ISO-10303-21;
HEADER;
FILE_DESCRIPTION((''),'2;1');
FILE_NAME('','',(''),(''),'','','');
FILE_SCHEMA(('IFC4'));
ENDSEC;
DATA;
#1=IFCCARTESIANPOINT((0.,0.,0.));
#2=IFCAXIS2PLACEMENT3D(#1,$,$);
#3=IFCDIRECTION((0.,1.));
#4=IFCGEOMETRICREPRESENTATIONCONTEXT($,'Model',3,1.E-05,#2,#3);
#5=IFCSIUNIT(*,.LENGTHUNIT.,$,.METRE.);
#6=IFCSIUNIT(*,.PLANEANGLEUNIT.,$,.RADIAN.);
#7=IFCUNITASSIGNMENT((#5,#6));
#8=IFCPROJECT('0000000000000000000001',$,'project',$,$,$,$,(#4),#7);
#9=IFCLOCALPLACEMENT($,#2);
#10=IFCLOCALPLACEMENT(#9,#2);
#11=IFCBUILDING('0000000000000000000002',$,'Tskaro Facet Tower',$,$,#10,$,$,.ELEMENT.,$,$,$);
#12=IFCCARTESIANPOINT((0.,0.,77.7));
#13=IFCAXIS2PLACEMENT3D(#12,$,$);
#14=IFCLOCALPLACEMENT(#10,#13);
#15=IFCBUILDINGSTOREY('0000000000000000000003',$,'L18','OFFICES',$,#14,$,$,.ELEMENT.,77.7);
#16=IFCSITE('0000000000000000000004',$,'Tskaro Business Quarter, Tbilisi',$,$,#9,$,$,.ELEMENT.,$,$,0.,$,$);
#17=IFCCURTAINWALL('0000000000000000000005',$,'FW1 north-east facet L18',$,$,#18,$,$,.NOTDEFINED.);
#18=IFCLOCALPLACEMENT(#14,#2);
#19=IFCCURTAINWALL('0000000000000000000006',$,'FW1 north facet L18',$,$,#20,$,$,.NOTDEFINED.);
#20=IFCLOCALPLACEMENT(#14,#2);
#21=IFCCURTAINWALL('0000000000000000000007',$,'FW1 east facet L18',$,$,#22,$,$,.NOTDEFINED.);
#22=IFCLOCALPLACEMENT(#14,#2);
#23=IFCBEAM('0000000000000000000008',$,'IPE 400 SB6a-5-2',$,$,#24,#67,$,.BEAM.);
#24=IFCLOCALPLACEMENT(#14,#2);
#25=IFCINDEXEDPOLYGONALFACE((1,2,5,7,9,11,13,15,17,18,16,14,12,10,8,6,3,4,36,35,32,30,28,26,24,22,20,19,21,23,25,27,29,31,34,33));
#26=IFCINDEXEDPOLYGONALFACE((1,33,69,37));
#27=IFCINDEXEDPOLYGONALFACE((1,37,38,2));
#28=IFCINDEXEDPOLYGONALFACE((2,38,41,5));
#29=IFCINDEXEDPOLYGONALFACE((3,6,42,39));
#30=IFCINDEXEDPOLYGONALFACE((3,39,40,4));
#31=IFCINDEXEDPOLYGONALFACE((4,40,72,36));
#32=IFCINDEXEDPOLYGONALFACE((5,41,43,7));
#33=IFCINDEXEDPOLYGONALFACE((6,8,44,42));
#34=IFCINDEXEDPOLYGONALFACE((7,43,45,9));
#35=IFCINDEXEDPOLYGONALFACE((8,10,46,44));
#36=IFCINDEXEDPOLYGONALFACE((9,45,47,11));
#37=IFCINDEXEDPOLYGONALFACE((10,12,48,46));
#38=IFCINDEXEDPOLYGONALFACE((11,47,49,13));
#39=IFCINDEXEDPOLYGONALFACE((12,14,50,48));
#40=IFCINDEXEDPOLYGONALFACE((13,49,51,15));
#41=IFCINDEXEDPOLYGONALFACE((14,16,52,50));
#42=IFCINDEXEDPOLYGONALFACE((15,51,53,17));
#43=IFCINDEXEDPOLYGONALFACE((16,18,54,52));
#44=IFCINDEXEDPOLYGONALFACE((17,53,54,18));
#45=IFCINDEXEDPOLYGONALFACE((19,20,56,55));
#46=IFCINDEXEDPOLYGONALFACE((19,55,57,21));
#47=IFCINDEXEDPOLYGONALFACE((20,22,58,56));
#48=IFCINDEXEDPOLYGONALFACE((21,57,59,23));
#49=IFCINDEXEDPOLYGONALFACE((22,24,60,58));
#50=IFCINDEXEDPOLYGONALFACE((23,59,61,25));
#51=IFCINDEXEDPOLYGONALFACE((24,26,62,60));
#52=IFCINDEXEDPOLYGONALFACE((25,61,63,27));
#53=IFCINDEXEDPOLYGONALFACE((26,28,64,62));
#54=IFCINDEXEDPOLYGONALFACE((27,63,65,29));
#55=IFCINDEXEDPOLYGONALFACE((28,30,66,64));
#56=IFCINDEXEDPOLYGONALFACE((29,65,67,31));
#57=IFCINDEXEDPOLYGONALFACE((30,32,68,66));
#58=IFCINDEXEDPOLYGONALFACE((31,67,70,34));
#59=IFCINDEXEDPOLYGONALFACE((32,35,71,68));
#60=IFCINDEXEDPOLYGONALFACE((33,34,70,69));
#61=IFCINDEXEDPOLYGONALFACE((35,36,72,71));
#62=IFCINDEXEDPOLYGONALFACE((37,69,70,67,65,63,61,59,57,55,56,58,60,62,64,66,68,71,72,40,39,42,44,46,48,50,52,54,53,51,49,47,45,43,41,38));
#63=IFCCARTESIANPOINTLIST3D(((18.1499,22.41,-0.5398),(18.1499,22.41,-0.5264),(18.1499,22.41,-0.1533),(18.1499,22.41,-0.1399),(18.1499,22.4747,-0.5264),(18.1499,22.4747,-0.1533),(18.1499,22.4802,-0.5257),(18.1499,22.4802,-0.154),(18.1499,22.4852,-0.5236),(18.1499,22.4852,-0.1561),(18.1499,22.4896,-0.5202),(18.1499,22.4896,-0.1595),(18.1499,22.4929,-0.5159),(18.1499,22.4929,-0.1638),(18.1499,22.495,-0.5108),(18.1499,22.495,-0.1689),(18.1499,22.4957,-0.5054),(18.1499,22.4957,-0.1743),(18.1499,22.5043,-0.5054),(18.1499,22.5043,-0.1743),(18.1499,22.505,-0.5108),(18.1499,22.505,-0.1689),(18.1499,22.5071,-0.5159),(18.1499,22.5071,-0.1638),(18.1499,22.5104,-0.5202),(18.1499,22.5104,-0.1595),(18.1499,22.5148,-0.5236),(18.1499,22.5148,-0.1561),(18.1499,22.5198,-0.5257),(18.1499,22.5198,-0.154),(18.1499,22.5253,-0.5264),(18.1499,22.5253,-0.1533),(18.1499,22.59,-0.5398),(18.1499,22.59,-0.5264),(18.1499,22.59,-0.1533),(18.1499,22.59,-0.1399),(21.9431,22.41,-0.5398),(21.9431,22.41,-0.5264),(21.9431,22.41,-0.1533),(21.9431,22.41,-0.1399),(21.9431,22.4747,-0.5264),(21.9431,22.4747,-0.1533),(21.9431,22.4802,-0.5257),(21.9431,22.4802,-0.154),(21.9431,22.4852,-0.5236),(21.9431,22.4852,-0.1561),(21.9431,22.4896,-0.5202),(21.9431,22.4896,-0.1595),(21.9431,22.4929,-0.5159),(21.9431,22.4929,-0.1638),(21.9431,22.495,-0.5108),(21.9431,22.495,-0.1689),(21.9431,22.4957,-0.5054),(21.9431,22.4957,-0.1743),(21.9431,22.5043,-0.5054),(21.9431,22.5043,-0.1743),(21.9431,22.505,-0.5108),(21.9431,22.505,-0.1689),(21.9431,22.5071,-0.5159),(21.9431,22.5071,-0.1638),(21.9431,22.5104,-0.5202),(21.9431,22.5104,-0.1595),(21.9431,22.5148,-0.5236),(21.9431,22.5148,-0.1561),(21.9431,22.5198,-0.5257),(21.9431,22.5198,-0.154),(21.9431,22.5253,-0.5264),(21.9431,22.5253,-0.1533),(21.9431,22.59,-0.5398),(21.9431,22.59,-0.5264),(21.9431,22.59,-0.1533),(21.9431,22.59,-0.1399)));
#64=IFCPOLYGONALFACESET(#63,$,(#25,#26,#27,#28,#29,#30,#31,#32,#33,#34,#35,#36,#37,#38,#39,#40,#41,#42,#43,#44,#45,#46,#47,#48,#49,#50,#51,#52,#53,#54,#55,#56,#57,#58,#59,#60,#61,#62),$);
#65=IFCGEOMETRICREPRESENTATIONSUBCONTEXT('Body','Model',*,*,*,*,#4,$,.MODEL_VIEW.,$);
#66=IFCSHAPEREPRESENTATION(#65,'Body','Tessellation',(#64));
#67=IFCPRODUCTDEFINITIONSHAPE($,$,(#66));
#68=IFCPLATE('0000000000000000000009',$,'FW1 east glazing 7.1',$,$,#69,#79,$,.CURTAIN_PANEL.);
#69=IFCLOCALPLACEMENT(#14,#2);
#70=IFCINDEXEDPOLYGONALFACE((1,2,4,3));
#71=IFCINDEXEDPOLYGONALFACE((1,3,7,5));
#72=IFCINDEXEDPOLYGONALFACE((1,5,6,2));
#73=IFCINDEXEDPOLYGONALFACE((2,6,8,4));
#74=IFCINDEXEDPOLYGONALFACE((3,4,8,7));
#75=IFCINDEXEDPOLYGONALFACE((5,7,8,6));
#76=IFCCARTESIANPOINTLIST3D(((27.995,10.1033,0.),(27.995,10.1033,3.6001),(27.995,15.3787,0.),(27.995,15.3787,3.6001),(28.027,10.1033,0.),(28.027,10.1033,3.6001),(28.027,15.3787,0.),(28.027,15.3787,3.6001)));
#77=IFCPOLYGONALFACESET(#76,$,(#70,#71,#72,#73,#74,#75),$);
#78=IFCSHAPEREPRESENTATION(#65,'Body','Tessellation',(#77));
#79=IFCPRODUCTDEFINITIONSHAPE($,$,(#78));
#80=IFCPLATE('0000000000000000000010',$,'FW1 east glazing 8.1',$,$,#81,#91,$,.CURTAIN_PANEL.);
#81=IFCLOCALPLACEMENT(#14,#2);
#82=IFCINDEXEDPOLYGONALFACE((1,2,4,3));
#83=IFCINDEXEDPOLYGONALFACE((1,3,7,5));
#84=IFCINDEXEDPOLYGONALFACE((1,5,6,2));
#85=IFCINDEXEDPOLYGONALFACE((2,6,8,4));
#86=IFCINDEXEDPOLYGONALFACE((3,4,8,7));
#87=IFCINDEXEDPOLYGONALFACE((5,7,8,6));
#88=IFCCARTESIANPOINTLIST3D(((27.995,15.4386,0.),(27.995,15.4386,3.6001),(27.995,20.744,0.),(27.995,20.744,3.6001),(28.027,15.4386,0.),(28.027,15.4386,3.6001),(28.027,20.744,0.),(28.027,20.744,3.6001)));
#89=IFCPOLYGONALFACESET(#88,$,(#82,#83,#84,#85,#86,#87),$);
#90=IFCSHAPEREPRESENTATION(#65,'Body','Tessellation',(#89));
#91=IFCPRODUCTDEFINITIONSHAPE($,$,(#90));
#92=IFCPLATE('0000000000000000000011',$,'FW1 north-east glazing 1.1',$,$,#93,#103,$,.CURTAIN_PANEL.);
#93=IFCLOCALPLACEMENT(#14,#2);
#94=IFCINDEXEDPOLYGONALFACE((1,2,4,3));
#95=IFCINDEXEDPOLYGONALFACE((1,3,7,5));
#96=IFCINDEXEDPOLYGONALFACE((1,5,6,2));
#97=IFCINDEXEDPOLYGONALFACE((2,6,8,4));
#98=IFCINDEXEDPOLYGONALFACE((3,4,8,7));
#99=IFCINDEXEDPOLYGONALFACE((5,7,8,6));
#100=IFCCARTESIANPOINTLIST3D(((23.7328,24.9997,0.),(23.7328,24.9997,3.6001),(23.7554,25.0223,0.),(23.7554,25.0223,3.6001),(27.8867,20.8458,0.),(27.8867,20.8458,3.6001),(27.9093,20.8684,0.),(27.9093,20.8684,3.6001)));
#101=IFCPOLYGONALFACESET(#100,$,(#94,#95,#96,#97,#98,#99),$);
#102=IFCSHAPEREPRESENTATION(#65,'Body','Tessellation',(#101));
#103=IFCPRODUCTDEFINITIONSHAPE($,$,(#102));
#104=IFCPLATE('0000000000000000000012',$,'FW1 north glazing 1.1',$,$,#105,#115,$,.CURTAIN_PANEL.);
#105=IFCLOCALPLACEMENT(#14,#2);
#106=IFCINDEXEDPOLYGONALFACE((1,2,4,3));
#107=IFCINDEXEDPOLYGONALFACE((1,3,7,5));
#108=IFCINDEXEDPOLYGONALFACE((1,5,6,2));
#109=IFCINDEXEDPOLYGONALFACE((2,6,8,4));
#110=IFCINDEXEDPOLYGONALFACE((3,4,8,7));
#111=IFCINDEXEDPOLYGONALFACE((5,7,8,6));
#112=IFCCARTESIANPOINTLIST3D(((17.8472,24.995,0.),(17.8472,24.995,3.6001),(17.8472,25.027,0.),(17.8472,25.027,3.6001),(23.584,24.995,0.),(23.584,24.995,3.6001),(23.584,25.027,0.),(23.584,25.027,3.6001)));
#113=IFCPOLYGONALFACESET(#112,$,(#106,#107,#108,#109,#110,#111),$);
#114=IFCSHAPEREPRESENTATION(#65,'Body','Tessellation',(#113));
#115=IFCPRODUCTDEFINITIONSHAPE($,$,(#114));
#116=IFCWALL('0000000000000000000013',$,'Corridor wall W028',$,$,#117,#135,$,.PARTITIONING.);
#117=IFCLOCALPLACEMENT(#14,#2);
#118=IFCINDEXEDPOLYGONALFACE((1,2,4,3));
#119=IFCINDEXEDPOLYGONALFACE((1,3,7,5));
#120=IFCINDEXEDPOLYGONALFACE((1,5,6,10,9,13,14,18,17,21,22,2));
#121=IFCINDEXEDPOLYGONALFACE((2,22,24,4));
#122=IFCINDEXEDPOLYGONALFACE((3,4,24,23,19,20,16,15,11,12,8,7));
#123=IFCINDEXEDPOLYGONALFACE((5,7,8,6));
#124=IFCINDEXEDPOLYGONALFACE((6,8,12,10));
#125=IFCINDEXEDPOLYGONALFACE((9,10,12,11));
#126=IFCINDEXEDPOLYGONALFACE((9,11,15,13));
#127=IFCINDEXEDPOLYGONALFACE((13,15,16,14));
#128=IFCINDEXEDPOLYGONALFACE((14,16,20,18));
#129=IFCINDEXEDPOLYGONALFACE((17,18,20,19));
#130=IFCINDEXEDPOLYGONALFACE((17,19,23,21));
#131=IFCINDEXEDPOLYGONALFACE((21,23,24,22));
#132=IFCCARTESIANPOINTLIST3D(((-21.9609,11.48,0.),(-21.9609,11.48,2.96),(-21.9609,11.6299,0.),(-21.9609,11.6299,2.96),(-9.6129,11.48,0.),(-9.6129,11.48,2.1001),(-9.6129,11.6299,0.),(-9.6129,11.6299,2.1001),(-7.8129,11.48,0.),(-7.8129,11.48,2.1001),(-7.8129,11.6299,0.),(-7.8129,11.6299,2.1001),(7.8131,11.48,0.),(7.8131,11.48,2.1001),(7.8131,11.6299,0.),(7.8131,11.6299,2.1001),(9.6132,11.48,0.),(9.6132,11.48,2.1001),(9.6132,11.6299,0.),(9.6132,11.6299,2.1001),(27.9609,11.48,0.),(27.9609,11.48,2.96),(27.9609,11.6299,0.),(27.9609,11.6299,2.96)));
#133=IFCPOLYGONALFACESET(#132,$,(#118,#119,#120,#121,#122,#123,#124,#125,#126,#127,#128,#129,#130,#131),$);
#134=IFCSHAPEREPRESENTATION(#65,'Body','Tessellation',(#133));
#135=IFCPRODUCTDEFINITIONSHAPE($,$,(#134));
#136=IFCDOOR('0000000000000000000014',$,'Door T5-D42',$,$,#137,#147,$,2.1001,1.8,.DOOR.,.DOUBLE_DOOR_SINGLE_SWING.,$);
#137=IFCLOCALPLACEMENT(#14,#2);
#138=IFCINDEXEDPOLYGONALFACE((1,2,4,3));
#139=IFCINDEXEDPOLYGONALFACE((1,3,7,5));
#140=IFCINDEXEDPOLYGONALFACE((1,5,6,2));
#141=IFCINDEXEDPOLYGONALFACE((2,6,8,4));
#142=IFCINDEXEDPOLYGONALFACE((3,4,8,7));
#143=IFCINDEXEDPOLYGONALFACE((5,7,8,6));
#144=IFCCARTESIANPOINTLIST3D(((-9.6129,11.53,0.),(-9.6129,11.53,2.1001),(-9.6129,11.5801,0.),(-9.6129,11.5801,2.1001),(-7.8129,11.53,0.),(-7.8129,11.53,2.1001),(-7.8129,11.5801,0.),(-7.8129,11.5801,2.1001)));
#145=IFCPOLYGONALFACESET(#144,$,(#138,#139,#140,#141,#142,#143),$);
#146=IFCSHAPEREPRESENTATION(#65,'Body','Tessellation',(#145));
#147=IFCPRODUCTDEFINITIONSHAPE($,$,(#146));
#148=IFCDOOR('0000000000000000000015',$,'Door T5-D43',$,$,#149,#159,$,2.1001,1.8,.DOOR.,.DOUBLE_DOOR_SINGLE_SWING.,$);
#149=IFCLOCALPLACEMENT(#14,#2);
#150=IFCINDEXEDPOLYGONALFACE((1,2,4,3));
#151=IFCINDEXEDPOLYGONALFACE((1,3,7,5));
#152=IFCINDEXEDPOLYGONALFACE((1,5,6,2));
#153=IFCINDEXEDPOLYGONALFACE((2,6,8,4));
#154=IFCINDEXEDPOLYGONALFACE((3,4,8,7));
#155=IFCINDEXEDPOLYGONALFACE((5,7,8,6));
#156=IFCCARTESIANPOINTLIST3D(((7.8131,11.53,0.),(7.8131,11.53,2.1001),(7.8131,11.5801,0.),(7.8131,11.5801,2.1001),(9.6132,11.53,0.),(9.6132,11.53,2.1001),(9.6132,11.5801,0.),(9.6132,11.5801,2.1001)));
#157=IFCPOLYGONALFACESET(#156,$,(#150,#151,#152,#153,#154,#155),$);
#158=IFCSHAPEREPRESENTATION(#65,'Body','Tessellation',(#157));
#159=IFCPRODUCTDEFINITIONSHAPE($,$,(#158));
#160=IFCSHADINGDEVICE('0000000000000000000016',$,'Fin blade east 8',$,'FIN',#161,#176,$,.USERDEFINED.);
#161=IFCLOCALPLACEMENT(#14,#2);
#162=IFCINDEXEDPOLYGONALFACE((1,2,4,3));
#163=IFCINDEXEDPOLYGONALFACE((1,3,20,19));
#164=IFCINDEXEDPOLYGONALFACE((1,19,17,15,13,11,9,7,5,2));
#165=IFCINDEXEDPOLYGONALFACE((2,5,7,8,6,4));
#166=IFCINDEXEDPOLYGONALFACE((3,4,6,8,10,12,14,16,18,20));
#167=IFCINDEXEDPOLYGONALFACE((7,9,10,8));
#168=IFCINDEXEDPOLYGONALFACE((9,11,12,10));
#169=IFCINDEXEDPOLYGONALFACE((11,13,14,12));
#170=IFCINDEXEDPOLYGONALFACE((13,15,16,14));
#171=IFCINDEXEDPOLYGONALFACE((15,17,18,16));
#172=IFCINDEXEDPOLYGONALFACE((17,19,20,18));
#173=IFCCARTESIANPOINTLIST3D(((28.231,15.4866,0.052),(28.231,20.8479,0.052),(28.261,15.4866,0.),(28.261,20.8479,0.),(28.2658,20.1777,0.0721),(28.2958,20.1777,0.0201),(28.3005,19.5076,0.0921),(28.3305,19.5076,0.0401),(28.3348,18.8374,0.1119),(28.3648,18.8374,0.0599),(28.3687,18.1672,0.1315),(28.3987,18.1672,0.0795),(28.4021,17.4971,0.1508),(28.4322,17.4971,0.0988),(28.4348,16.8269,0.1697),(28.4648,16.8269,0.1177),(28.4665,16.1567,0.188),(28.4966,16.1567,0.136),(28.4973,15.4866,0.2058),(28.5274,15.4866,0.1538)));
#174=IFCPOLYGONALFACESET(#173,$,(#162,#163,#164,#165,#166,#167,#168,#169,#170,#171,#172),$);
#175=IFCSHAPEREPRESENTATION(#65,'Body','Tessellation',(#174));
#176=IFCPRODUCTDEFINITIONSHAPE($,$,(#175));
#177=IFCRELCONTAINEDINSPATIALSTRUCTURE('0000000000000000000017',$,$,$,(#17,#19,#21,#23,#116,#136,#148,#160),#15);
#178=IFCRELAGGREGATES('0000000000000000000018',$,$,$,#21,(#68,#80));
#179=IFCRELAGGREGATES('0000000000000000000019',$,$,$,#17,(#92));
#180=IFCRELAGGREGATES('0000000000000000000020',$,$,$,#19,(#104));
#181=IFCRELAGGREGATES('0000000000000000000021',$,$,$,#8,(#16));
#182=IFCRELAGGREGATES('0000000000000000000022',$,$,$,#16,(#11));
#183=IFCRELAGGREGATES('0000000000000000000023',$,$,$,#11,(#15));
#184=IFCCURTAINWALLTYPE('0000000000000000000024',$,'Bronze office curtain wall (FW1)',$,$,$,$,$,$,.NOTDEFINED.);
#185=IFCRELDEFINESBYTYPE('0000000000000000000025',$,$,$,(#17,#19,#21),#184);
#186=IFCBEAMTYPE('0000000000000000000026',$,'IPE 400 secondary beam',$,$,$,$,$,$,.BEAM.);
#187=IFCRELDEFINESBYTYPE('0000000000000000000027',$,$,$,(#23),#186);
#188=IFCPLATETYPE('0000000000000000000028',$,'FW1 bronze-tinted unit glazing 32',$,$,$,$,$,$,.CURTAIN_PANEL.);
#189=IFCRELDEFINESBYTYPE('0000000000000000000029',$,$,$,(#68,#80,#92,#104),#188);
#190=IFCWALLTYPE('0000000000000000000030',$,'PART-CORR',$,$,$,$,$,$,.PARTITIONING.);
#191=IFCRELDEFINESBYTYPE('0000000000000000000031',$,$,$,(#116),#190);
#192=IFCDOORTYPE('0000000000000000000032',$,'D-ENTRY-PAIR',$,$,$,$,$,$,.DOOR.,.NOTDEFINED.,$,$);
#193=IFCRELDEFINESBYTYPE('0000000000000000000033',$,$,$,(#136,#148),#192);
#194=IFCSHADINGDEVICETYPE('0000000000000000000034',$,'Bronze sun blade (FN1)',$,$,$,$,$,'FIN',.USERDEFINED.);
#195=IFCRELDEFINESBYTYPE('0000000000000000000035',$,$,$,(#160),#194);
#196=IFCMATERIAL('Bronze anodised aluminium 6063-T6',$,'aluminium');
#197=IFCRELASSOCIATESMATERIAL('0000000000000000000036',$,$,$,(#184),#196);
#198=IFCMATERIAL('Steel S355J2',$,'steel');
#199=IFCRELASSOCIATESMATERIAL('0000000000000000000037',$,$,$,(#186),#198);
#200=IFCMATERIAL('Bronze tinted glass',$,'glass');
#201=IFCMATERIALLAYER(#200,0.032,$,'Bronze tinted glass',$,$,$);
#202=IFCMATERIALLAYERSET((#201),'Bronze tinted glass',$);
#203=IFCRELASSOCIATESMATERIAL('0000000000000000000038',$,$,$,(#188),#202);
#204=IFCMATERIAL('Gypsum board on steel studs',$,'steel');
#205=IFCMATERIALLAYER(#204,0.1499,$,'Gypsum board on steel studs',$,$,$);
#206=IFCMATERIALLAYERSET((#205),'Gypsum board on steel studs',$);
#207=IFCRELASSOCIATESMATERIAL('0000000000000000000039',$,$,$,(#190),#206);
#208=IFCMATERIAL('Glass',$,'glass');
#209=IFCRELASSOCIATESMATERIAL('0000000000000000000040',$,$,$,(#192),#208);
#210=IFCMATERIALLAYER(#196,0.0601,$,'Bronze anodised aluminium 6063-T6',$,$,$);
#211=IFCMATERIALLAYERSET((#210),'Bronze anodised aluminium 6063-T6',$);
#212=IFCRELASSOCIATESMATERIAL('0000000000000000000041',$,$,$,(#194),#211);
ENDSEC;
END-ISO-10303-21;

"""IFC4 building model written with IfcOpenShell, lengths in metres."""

from ifc_helpers import new_model, si_unit, direction, frame, frame_2d, origin, origin_2d, place, context, subcontext, project, spatial, polyline, rectangle, i_section, outline, extrude, material, layer, layer_set, material_profile, profile_set, type_object, element, fill, aggregate, save


model = new_model("IFC4")

# Units and contexts
model_context = context("Model", 3, precision=1e-05, world=origin(), true_north=direction((0.0, 1.0)))
body_context = subcontext(model_context, "Body", "Model", "MODEL_VIEW")
ifc_project = project(units=[si_unit("LENGTHUNIT", "METRE"), si_unit("PLANEANGLEUNIT", "RADIAN")], contexts=[model_context])

# Site, building, storey
site_placement = place(None, origin())
site = spatial("IfcSite", under=ifc_project, at=site_placement, Name="Tskaro Business Quarter, Tbilisi", CompositionType="ELEMENT", RefElevation=0.0)
building_placement = place(site_placement, origin())
building = spatial("IfcBuilding", under=site, at=building_placement, Name="Tskaro Facet Tower", CompositionType="ELEMENT")
storey_placement = place(building_placement, frame((0.0, 0.0, 77.7)))
storey = spatial("IfcBuildingStorey", under=building, at=storey_placement, Name="L18", Description="OFFICES", CompositionType="ELEMENT", Elevation=77.7)

# Curtain walls
ifc_material_1 = material(Name="Bronze anodised aluminium 6063-T6", Category="aluminium")
curtain_wall_type = type_object("IfcCurtainWallType", Name="Bronze office curtain wall (FW1)", PredefinedType="NOTDEFINED", material=ifc_material_1)
curtain_wall_1_placement = place(storey_placement, origin())
curtain_wall_1 = element("IfcCurtainWall", 1, at=curtain_wall_1_placement, inside=storey, type_object=curtain_wall_type, Name="FW1 north-east facet L18", PredefinedType="NOTDEFINED")
curtain_wall_2_placement = place(storey_placement, origin())
curtain_wall_2 = element("IfcCurtainWall", 2, at=curtain_wall_2_placement, inside=storey, type_object=curtain_wall_type, Name="FW1 north facet L18", PredefinedType="NOTDEFINED")

# Curtain wall
curtain_wall_3_placement = place(storey_placement, origin())
curtain_wall_3 = element("IfcCurtainWall", 3, at=curtain_wall_3_placement, inside=storey, type_object=curtain_wall_type, Name="FW1 east facet L18", PredefinedType="NOTDEFINED")

# Beam
ifc_material_2 = material(Name="Steel S355J2", Category="steel")
ifc_material_profile_1 = material_profile(ifc_material_2, i_section(OverallWidth=0.1799, OverallDepth=0.3999, WebThickness=0.0085, FlangeThickness=0.0134, FilletRadius=0.021, at=origin_2d()), Name="IPE 400")
ifc_profile_set_1 = profile_set([ifc_material_profile_1], Name="Steel S355J2")
beam_type_1 = type_object("IfcBeamType", Name="IPE 400 secondary beam", PredefinedType="BEAM", material=ifc_profile_set_1)
beam_1_placement = place(storey_placement, frame((18.1499, 22.5, -0.3398), z_axis=(1.0, 0.0, 0.0), x_axis=(0.0, 1.0, 0.0)))
element("IfcBeam", 4, at=beam_1_placement, inside=storey, type_object=beam_type_1, Name="IPE 400 SB6a-5-2", PredefinedType="BEAM", context=body_context, shape_type="SweptSolid", body=[
    extrude(i_section(OverallWidth=0.1799, OverallDepth=0.3999, WebThickness=0.0085, FlangeThickness=0.0134, FilletRadius=0.021, at=origin_2d()), origin(), (0.0, 0.0, 1.0), 3.7932),
])

# Plates
ifc_material_3 = material(Name="Bronze tinted glass", Category="glass")
ifc_layer_1 = layer(ifc_material_3, 0.032, Name="Bronze tinted glass")
ifc_layer_set_1 = layer_set([ifc_layer_1], Name="Bronze tinted glass")
plate_type = type_object("IfcPlateType", Name="FW1 bronze-tinted unit glazing 32", PredefinedType="CURTAIN_PANEL", material=ifc_layer_set_1)
plate_1_placement = place(storey_placement, frame((28.011, 12.741, 0.0), z_axis=(0.0, 0.0, 1.0), x_axis=(0.0, 1.0, 0.0)))
plate_1 = element("IfcPlate", 5, at=plate_1_placement, type_object=plate_type, Name="FW1 east glazing 7.1", PredefinedType="CURTAIN_PANEL", context=body_context, shape_type="SweptSolid", body=[
    extrude(rectangle(XDim=5.2754, YDim=0.032, at=origin_2d()), origin(), (0.0, 0.0, 1.0), 3.6001),
])
plate_2_placement = place(storey_placement, frame((28.011, 18.0913, 0.0), z_axis=(0.0, 0.0, 1.0), x_axis=(0.0, 1.0, 0.0)))
plate_2 = element("IfcPlate", 6, at=plate_2_placement, type_object=plate_type, Name="FW1 east glazing 8.1", PredefinedType="CURTAIN_PANEL", context=body_context, shape_type="SweptSolid", body=[
    extrude(rectangle(XDim=5.3054, YDim=0.032, at=origin_2d()), origin(), (0.0, 0.0, 1.0), 3.6001),
])
aggregate(curtain_wall_3, [plate_1, plate_2])
plate_3_placement = place(storey_placement, frame((25.821, 22.9341, 0.0), z_axis=(0.0, 0.0, 1.0), x_axis=(-0.707107, 0.707107, 0.0)))
plate_3 = element("IfcPlate", 7, at=plate_3_placement, type_object=plate_type, Name="FW1 north-east glazing 1.1", PredefinedType="CURTAIN_PANEL", context=body_context, shape_type="SweptSolid", body=[
    extrude(rectangle(XDim=5.8745, YDim=0.032, at=origin_2d()), origin(), (0.0, 0.0, 1.0), 3.6001),
])
aggregate(curtain_wall_1, [plate_3])
plate_4_placement = place(storey_placement, frame((20.7156, 25.011, 0.0), z_axis=(0.0, 0.0, 1.0), x_axis=(-1.0, 0.0, 0.0)))
plate_4 = element("IfcPlate", 8, at=plate_4_placement, type_object=plate_type, Name="FW1 north glazing 1.1", PredefinedType="CURTAIN_PANEL", context=body_context, shape_type="SweptSolid", body=[
    extrude(rectangle(XDim=5.7368, YDim=0.032, at=origin_2d()), origin(), (0.0, 0.0, 1.0), 3.6001),
])
aggregate(curtain_wall_2, [plate_4])

# Wall, openings, doors
ifc_material_4 = material(Name="Gypsum board on steel studs", Category="steel")
ifc_layer_2 = layer(ifc_material_4, 0.1499, Name="Gypsum board on steel studs")
ifc_layer_set_2 = layer_set([ifc_layer_2], Name="Gypsum board on steel studs")
wall_type = type_object("IfcWallType", Name="PART-CORR", PredefinedType="PARTITIONING", material=ifc_layer_set_2)
wall_placement = place(storey_placement, frame((27.9609, 11.5549, 0.0), z_axis=(0.0, 0.0, 1.0), x_axis=(-1.0, 0.0, 0.0)))
wall = element("IfcWall", 9, at=wall_placement, inside=storey, type_object=wall_type, Name="Corridor wall W028", PredefinedType="PARTITIONING", context=body_context, shape_type="SweptSolid", body=[
    extrude(rectangle(XDim=49.9219, YDim=0.1499, at=frame_2d((24.9609, 0.0))), origin(), (0.0, 0.0, 1.0), 2.96),
])
opening_1_placement = place(wall_placement, frame((35.7739, 0.0, 0.0)))
opening_1 = element("IfcOpeningElement", 10, at=opening_1_placement, cuts=wall, PredefinedType="OPENING", context=body_context, shape_type="SweptSolid", body=[
    extrude(rectangle(XDim=1.8, YDim=2.1001, at=frame_2d((0.8999, 1.05))), frame((0.0, 0.085, 0.0), z_axis=(0.0, -1.0, 0.0), x_axis=(1.0, 0.0, 0.0)), (0.0, 0.0, 1.0), 0.1699),
])
opening_2_placement = place(wall_placement, frame((18.3479, 0.0, 0.0)))
opening_2 = element("IfcOpeningElement", 11, at=opening_2_placement, cuts=wall, PredefinedType="OPENING", context=body_context, shape_type="SweptSolid", body=[
    extrude(rectangle(XDim=1.8, YDim=2.1001, at=frame_2d((0.8999, 1.05))), frame((0.0, 0.085, 0.0), z_axis=(0.0, -1.0, 0.0), x_axis=(1.0, 0.0, 0.0)), (0.0, 0.0, 1.0), 0.1699),
])
ifc_material_5 = material(Name="Glass", Category="glass")
door_type = type_object("IfcDoorType", Name="D-ENTRY-PAIR", OperationType="NOTDEFINED", PredefinedType="DOOR", material=ifc_material_5)
door_1_placement = place(opening_1_placement, origin())
door_1 = element("IfcDoor", 12, at=door_1_placement, inside=storey, type_object=door_type, Name="Door T5-D42", OperationType="DOUBLE_DOOR_SINGLE_SWING", OverallHeight=2.1001, OverallWidth=1.8, PredefinedType="DOOR", context=body_context, shape_type="SweptSolid", body=[
    extrude(rectangle(XDim=1.8, YDim=2.1001, at=frame_2d((0.8999, 1.05))), frame((0.0, 0.0249, 0.0), z_axis=(0.0, -1.0, 0.0), x_axis=(1.0, 0.0, 0.0)), (0.0, 0.0, 1.0), 0.05),
])
fill(opening_1, door_1)
door_2_placement = place(opening_2_placement, origin())
door_2 = element("IfcDoor", 13, at=door_2_placement, inside=storey, type_object=door_type, Name="Door T5-D43", OperationType="DOUBLE_DOOR_SINGLE_SWING", OverallHeight=2.1001, OverallWidth=1.8, PredefinedType="DOOR", context=body_context, shape_type="SweptSolid", body=[
    extrude(rectangle(XDim=1.8, YDim=2.1001, at=frame_2d((0.8999, 1.05))), frame((0.0, 0.0249, 0.0), z_axis=(0.0, -1.0, 0.0), x_axis=(1.0, 0.0, 0.0)), (0.0, 0.0, 1.0), 0.05),
])
fill(opening_2, door_2)

# Shading device
ifc_layer_3 = layer(ifc_material_1, 0.0601, Name="Bronze anodised aluminium 6063-T6")
ifc_layer_set_3 = layer_set([ifc_layer_3], Name="Bronze anodised aluminium 6063-T6")
shading_device_type = type_object("IfcShadingDeviceType", Name="Bronze sun blade (FN1)", ElementType="FIN", PredefinedType="USERDEFINED", material=ifc_layer_set_3)
shading_device_1_placement = place(storey_placement, frame((28.231, 15.4866, 0.052), z_axis=(-0.5, 0.000004, 0.866026), x_axis=(0.000002, 1.0, -0.000004)))
element("IfcShadingDevice", 14, at=shading_device_1_placement, inside=storey, type_object=shading_device_type, Name="Fin blade east 8", ObjectType="FIN", PredefinedType="USERDEFINED", context=body_context, shape_type="SweptSolid", body=[
    extrude(outline(polyline([(0.0, 0.0), (5.3613, 0.0), (4.6912, -0.0402), (4.021, -0.0803), (3.3508, -0.1199), (2.6807, -0.159), (2.0105, -0.1977), (1.3403, -0.2354), (0.6702, -0.272), (0.0, -0.3076), (0.0, 0.0)])), origin(), (0.0, 0.0, -1.0), 0.0601),
])

save(model, "model.ifc")
